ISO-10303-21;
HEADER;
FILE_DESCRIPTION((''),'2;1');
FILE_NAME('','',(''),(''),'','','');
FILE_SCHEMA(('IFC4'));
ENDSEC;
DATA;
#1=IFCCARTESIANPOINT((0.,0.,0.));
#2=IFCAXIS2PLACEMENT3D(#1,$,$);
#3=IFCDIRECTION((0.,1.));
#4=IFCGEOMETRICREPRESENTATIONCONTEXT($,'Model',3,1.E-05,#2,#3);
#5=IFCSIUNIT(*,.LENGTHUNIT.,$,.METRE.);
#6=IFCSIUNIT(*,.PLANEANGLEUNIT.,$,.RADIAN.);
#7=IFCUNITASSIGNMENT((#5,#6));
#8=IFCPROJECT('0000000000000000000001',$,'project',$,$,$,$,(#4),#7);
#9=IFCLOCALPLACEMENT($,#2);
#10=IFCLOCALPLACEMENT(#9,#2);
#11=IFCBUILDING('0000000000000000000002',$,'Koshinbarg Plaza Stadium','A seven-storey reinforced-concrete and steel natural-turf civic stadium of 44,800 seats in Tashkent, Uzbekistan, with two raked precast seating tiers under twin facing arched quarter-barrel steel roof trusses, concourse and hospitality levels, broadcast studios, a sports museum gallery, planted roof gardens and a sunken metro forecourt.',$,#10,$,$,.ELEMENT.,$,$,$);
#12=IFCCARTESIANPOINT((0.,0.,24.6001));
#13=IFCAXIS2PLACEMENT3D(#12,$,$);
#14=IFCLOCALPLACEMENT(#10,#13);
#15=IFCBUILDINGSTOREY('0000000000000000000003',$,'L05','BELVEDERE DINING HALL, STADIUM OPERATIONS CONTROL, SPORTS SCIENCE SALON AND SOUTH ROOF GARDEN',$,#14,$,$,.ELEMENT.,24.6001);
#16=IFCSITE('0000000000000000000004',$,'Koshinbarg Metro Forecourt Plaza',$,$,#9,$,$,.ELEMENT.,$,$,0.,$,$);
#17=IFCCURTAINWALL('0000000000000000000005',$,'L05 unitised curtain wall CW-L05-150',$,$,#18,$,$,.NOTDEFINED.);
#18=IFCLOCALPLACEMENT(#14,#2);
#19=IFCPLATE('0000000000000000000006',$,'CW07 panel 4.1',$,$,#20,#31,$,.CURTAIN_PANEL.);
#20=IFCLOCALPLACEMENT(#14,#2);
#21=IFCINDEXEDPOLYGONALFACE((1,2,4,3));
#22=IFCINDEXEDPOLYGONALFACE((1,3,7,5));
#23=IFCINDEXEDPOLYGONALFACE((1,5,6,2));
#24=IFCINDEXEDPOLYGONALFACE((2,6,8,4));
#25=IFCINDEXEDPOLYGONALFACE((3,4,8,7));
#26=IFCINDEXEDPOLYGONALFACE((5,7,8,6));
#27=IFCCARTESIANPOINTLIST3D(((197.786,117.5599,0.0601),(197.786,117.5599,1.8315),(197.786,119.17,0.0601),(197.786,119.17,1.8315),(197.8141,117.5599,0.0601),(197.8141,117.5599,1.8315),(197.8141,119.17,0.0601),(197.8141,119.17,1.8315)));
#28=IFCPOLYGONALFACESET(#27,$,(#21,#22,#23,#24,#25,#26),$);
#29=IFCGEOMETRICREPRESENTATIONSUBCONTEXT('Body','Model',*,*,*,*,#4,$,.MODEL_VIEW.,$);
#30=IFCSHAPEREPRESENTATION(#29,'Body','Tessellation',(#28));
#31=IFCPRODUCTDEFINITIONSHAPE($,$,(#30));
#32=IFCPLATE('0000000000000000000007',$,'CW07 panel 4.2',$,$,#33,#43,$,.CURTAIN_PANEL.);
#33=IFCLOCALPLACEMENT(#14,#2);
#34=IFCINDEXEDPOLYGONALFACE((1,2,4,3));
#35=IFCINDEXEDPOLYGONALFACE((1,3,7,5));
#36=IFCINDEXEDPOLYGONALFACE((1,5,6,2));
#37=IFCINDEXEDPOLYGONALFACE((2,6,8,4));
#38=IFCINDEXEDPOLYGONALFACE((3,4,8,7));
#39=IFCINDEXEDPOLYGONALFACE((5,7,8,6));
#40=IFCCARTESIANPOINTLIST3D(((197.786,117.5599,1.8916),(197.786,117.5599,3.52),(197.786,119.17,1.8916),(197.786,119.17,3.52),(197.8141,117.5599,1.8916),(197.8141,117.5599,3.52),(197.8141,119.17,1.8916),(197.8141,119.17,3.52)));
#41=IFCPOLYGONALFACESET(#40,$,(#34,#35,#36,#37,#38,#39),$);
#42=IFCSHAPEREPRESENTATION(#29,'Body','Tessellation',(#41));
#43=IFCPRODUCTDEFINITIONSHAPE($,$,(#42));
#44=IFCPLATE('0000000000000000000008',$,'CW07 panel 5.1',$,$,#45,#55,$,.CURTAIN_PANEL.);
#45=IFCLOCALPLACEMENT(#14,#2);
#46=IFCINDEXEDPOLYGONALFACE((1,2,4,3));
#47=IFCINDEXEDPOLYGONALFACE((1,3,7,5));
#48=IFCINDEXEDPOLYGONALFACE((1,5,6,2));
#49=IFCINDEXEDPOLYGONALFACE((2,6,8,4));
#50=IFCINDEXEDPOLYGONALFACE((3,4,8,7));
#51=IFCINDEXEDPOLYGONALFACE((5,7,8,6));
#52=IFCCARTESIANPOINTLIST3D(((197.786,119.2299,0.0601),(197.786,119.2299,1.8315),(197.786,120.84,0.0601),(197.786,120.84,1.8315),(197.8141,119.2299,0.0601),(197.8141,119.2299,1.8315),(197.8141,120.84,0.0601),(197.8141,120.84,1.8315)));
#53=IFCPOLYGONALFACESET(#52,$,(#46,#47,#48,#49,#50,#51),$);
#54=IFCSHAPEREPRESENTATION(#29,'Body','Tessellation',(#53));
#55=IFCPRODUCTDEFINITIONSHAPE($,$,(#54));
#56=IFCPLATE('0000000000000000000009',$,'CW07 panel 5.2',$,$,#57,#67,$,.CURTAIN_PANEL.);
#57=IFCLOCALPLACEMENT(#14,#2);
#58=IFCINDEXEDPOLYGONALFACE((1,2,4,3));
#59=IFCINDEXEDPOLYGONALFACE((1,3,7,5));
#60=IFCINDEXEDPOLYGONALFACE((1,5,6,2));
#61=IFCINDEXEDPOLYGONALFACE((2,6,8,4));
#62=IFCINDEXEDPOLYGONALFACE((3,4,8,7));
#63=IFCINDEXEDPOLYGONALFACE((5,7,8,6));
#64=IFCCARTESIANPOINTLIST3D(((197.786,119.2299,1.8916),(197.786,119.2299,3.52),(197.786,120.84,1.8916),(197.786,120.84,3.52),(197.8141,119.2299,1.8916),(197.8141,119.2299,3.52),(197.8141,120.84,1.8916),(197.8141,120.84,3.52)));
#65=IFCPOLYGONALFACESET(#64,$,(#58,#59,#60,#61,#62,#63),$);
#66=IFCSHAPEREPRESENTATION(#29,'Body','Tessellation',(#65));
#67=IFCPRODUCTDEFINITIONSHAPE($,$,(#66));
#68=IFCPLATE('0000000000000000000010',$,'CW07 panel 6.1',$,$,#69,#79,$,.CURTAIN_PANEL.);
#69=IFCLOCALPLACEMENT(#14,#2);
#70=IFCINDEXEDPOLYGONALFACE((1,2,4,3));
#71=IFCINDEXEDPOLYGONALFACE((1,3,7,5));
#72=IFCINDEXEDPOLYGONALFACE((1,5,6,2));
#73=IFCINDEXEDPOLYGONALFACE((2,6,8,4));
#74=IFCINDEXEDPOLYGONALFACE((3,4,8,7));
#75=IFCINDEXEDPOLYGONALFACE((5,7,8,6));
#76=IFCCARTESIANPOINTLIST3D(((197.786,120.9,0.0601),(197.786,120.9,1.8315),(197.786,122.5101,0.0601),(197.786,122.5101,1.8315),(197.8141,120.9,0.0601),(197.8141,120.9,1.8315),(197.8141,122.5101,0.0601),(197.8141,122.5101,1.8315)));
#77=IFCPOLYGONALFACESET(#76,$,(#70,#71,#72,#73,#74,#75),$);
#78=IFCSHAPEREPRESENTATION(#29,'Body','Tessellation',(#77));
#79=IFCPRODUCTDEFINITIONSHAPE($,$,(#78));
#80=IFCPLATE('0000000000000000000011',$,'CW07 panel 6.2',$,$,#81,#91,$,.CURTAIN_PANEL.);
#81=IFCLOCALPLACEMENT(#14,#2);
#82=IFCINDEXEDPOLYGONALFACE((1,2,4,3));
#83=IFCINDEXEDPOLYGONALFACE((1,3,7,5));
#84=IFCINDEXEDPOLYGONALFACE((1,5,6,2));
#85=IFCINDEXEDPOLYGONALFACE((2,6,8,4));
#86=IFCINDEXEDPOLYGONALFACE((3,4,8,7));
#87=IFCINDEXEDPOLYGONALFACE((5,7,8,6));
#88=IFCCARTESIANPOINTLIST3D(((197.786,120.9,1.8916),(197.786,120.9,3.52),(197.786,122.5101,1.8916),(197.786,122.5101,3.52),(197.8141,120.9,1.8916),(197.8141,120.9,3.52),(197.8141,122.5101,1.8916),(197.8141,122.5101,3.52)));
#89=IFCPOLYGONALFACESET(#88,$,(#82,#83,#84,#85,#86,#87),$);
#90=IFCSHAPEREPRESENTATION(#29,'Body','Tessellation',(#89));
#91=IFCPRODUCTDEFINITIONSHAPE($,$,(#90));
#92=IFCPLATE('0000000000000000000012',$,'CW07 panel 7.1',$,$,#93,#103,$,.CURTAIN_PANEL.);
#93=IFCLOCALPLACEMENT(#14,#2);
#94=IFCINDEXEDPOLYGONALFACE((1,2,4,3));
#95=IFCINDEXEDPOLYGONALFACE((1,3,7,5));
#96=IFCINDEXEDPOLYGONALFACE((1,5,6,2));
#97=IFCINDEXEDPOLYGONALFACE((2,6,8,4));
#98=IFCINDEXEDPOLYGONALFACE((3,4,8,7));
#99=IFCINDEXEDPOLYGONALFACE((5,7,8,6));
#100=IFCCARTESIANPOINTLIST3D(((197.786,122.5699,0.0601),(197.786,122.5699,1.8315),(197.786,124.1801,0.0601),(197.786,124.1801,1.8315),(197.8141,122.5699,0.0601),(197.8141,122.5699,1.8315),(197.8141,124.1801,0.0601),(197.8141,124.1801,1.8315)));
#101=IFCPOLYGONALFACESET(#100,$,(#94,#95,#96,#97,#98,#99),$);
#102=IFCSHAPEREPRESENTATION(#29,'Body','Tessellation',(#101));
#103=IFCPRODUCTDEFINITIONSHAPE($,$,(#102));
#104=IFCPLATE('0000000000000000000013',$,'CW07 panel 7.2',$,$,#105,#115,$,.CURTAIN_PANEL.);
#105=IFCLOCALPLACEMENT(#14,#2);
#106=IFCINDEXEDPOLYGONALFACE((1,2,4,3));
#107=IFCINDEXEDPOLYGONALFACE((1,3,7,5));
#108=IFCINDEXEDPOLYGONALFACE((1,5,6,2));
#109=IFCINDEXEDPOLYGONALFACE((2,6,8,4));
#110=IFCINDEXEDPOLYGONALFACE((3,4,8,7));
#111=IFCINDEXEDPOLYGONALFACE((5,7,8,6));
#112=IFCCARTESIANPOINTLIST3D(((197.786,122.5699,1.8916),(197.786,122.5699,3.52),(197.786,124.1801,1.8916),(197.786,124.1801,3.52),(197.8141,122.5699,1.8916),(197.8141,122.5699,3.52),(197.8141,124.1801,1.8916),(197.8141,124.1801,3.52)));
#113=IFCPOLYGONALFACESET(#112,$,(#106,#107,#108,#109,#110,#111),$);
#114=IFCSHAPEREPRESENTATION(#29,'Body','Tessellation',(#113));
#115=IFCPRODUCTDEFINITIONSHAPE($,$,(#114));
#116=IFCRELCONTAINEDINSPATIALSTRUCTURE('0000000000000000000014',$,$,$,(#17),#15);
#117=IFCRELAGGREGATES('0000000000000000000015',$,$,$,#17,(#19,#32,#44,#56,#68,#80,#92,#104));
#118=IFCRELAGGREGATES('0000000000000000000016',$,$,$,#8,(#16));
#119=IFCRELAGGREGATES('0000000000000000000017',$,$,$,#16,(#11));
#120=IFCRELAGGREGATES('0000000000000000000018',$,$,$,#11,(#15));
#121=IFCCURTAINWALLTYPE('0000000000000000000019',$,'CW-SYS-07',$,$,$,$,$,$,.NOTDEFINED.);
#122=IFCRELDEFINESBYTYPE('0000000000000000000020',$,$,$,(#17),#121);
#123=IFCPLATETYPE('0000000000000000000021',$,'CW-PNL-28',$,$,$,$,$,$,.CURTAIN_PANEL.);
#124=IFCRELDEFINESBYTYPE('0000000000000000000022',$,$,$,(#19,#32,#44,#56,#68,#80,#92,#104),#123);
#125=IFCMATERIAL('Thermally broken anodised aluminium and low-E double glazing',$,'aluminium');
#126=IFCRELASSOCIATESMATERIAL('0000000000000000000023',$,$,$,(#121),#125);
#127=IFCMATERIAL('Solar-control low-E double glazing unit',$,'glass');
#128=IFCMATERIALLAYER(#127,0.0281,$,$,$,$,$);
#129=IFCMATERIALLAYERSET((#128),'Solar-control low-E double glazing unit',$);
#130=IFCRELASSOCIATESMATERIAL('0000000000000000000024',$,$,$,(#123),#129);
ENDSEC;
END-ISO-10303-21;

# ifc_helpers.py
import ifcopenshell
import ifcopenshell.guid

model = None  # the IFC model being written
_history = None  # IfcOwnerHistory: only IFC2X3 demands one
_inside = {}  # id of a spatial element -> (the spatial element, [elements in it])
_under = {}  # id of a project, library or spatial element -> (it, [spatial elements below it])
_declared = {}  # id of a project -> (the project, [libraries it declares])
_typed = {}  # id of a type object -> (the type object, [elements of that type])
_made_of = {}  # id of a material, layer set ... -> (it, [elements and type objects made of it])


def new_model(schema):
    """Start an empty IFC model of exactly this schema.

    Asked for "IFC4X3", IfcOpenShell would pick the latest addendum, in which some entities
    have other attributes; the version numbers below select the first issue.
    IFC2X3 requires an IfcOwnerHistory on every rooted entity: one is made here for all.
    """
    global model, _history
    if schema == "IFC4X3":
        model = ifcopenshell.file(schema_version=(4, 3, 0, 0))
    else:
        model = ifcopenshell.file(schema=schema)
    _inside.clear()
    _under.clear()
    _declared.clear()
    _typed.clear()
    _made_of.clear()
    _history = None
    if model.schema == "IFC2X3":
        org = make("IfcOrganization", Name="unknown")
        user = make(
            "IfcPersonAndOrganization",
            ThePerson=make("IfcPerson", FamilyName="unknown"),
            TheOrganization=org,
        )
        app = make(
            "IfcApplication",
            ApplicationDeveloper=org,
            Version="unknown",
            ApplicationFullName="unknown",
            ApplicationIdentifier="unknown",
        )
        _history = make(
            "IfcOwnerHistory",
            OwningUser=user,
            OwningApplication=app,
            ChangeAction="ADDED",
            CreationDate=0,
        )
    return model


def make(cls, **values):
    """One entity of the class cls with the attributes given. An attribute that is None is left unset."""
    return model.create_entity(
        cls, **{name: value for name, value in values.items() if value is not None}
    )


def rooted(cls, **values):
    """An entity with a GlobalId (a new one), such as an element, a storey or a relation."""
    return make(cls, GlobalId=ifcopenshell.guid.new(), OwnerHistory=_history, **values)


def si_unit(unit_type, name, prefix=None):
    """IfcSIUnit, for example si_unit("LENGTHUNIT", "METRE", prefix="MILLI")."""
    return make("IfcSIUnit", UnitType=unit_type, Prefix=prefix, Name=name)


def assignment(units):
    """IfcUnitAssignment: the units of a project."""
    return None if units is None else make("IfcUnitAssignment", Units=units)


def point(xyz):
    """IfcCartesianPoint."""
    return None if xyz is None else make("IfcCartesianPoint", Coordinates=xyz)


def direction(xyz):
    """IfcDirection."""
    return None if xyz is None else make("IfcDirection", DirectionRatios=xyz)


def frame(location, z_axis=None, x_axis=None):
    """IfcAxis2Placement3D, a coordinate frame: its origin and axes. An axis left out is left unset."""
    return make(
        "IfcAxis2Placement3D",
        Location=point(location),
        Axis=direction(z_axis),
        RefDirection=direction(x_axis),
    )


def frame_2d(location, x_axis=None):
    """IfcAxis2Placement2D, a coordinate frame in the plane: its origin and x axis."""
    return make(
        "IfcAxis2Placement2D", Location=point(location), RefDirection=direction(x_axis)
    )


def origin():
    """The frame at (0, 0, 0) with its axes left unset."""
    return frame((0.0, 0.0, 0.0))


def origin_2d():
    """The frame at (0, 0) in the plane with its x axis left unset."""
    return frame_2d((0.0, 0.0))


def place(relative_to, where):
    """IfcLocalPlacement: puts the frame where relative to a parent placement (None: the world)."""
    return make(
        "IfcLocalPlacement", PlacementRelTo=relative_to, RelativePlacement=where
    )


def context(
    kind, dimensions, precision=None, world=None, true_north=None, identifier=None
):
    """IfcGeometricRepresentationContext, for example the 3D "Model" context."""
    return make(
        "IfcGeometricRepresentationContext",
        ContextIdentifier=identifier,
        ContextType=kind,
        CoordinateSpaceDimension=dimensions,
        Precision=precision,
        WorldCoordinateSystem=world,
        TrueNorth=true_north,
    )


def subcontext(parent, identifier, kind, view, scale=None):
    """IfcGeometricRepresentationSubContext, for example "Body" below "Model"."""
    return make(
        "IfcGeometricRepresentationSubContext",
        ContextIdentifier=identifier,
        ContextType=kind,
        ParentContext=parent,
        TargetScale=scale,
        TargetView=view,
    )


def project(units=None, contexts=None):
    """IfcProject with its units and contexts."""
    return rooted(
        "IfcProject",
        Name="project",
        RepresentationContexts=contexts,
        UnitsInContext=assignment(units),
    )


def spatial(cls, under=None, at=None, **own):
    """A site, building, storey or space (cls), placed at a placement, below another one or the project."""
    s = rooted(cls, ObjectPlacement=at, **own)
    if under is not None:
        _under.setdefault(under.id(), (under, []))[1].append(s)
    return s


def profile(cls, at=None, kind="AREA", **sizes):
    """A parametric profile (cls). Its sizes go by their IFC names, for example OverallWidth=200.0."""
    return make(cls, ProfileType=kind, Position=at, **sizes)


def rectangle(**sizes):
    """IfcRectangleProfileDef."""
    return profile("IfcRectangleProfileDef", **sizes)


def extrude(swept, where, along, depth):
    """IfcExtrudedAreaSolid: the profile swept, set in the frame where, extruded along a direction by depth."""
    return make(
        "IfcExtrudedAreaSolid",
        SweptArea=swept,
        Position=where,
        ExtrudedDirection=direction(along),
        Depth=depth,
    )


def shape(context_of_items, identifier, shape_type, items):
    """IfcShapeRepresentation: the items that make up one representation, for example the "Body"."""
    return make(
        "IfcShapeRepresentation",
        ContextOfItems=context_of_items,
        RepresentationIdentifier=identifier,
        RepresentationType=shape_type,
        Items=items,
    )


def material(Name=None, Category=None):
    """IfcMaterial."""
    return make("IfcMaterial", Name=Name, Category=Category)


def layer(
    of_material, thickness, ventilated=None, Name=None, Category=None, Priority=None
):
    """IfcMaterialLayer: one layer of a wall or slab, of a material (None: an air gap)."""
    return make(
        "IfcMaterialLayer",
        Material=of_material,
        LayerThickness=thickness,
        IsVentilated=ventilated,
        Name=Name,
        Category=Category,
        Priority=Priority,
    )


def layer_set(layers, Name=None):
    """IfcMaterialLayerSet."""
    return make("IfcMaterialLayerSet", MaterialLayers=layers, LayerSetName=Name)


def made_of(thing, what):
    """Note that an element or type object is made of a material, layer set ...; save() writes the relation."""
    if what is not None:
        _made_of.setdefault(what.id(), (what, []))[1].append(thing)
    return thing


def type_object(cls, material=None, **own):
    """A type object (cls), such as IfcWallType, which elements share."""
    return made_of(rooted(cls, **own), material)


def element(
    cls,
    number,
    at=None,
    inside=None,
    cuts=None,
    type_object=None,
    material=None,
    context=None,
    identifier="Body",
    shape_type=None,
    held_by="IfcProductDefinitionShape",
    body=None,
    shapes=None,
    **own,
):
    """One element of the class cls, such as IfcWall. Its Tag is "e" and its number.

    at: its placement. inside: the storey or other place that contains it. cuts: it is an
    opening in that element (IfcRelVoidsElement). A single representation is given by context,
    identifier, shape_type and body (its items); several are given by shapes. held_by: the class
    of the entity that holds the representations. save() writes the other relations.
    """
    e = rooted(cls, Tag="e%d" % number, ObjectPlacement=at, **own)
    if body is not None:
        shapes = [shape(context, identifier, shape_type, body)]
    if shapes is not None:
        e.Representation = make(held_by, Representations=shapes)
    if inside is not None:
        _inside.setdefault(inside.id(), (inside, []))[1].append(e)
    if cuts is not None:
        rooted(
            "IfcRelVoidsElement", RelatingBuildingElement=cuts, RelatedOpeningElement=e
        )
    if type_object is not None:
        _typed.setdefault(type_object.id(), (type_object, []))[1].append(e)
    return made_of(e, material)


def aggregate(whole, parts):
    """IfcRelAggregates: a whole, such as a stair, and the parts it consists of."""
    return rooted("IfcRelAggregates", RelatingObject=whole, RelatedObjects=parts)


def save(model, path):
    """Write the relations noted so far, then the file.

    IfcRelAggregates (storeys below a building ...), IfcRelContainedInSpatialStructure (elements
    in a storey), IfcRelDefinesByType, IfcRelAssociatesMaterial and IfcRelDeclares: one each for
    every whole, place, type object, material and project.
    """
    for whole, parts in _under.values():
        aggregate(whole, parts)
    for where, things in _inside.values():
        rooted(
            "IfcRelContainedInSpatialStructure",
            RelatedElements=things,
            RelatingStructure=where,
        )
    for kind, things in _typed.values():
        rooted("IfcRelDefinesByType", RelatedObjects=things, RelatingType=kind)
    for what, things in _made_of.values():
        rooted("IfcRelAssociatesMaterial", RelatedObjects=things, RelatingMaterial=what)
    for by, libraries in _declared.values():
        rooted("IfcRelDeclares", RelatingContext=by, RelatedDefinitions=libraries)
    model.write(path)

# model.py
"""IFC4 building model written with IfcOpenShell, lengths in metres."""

from ifc_helpers import new_model, si_unit, direction, frame, origin, origin_2d, place, context, subcontext, project, spatial, rectangle, extrude, material, layer, layer_set, type_object, element, aggregate, save


model = new_model("IFC4")

# Units and contexts
model_context = context("Model", 3, precision=1e-05, world=origin(), true_north=direction((0.0, 1.0)))
body_context = subcontext(model_context, "Body", "Model", "MODEL_VIEW")
ifc_project = project(units=[si_unit("LENGTHUNIT", "METRE"), si_unit("PLANEANGLEUNIT", "RADIAN")], contexts=[model_context])

# Site, building, storey
site_placement = place(None, origin())
site = spatial("IfcSite", under=ifc_project, at=site_placement, Name="Koshinbarg Metro Forecourt Plaza", CompositionType="ELEMENT", RefElevation=0.0)
building_placement = place(site_placement, origin())
building = spatial("IfcBuilding", under=site, at=building_placement, Name="Koshinbarg Plaza Stadium", Description="A seven-storey reinforced-concrete and steel natural-turf civic stadium of 44,800 seats in Tashkent, Uzbekistan, with two raked precast seating tiers under twin facing arched quarter-barrel steel roof trusses, concourse and hospitality levels, broadcast studios, a sports museum gallery, planted roof gardens and a sunken metro forecourt.", CompositionType="ELEMENT")
storey_placement = place(building_placement, frame((0.0, 0.0, 24.6001)))
storey = spatial("IfcBuildingStorey", under=building, at=storey_placement, Name="L05", Description="BELVEDERE DINING HALL, STADIUM OPERATIONS CONTROL, SPORTS SCIENCE SALON AND SOUTH ROOF GARDEN", CompositionType="ELEMENT", Elevation=24.6001)

# Curtain wall, plates
ifc_material_1 = material(Name="Thermally broken anodised aluminium and low-E double glazing", Category="aluminium")
curtain_wall_type = type_object("IfcCurtainWallType", Name="CW-SYS-07", PredefinedType="NOTDEFINED", material=ifc_material_1)
curtain_wall_placement = place(storey_placement, origin())
curtain_wall = element("IfcCurtainWall", 1, at=curtain_wall_placement, inside=storey, type_object=curtain_wall_type, Name="L05 unitised curtain wall CW-L05-150", PredefinedType="NOTDEFINED")
ifc_material_2 = material(Name="Solar-control low-E double glazing unit", Category="glass")
ifc_layer = layer(ifc_material_2, 0.0281)
ifc_layer_set = layer_set([ifc_layer], Name="Solar-control low-E double glazing unit")
plate_type = type_object("IfcPlateType", Name="CW-PNL-28", PredefinedType="CURTAIN_PANEL", material=ifc_layer_set)
plate_1_placement = place(storey_placement, frame((197.8, 118.365, 0.0601), z_axis=(0.0, 0.0, 1.0), x_axis=(0.0, 1.0, 0.0)))
plate_1 = element("IfcPlate", 2, at=plate_1_placement, type_object=plate_type, Name="CW07 panel 4.1", PredefinedType="CURTAIN_PANEL", context=body_context, shape_type="SweptSolid", body=[
    extrude(rectangle(XDim=1.6101, YDim=0.0281, at=origin_2d()), origin(), (0.0, 0.0, 1.0), 1.7715),
])
plate_2_placement = place(storey_placement, frame((197.8, 118.365, 1.8916), z_axis=(0.0, 0.0, 1.0), x_axis=(0.0, 1.0, 0.0)))
plate_2 = element("IfcPlate", 3, at=plate_2_placement, type_object=plate_type, Name="CW07 panel 4.2", PredefinedType="CURTAIN_PANEL", context=body_context, shape_type="SweptSolid", body=[
    extrude(rectangle(XDim=1.6101, YDim=0.0281, at=origin_2d()), origin(), (0.0, 0.0, 1.0), 1.6284),
])
plate_3_placement = place(storey_placement, frame((197.8, 120.0349, 0.0601), z_axis=(0.0, 0.0, 1.0), x_axis=(0.0, 1.0, 0.0)))
plate_3 = element("IfcPlate", 4, at=plate_3_placement, type_object=plate_type, Name="CW07 panel 5.1", PredefinedType="CURTAIN_PANEL", context=body_context, shape_type="SweptSolid", body=[
    extrude(rectangle(XDim=1.6101, YDim=0.0281, at=origin_2d()), origin(), (0.0, 0.0, 1.0), 1.7715),
])
plate_4_placement = place(storey_placement, frame((197.8, 120.0349, 1.8916), z_axis=(0.0, 0.0, 1.0), x_axis=(0.0, 1.0, 0.0)))
plate_4 = element("IfcPlate", 5, at=plate_4_placement, type_object=plate_type, Name="CW07 panel 5.2", PredefinedType="CURTAIN_PANEL", context=body_context, shape_type="SweptSolid", body=[
    extrude(rectangle(XDim=1.6101, YDim=0.0281, at=origin_2d()), origin(), (0.0, 0.0, 1.0), 1.6284),
])
plate_5_placement = place(storey_placement, frame((197.8, 121.7051, 0.0601), z_axis=(0.0, 0.0, 1.0), x_axis=(0.0, 1.0, 0.0)))
plate_5 = element("IfcPlate", 6, at=plate_5_placement, type_object=plate_type, Name="CW07 panel 6.1", PredefinedType="CURTAIN_PANEL", context=body_context, shape_type="SweptSolid", body=[
    extrude(rectangle(XDim=1.6101, YDim=0.0281, at=origin_2d()), origin(), (0.0, 0.0, 1.0), 1.7715),
])
plate_6_placement = place(storey_placement, frame((197.8, 121.7051, 1.8916), z_axis=(0.0, 0.0, 1.0), x_axis=(0.0, 1.0, 0.0)))
plate_6 = element("IfcPlate", 7, at=plate_6_placement, type_object=plate_type, Name="CW07 panel 6.2", PredefinedType="CURTAIN_PANEL", context=body_context, shape_type="SweptSolid", body=[
    extrude(rectangle(XDim=1.6101, YDim=0.0281, at=origin_2d()), origin(), (0.0, 0.0, 1.0), 1.6284),
])
plate_7_placement = place(storey_placement, frame((197.8, 123.375, 0.0601), z_axis=(0.0, 0.0, 1.0), x_axis=(0.0, 1.0, 0.0)))
plate_7 = element("IfcPlate", 8, at=plate_7_placement, type_object=plate_type, Name="CW07 panel 7.1", PredefinedType="CURTAIN_PANEL", context=body_context, shape_type="SweptSolid", body=[
    extrude(rectangle(XDim=1.6101, YDim=0.0281, at=origin_2d()), origin(), (0.0, 0.0, 1.0), 1.7715),
])
plate_8_placement = place(storey_placement, frame((197.8, 123.375, 1.8916), z_axis=(0.0, 0.0, 1.0), x_axis=(0.0, 1.0, 0.0)))
plate_8 = element("IfcPlate", 9, at=plate_8_placement, type_object=plate_type, Name="CW07 panel 7.2", PredefinedType="CURTAIN_PANEL", context=body_context, shape_type="SweptSolid", body=[
    extrude(rectangle(XDim=1.6101, YDim=0.0281, at=origin_2d()), origin(), (0.0, 0.0, 1.0), 1.6284),
])
aggregate(curtain_wall, [plate_1, plate_2, plate_3, plate_4, plate_5, plate_6, plate_7, plate_8])

save(model, "model.ifc")
